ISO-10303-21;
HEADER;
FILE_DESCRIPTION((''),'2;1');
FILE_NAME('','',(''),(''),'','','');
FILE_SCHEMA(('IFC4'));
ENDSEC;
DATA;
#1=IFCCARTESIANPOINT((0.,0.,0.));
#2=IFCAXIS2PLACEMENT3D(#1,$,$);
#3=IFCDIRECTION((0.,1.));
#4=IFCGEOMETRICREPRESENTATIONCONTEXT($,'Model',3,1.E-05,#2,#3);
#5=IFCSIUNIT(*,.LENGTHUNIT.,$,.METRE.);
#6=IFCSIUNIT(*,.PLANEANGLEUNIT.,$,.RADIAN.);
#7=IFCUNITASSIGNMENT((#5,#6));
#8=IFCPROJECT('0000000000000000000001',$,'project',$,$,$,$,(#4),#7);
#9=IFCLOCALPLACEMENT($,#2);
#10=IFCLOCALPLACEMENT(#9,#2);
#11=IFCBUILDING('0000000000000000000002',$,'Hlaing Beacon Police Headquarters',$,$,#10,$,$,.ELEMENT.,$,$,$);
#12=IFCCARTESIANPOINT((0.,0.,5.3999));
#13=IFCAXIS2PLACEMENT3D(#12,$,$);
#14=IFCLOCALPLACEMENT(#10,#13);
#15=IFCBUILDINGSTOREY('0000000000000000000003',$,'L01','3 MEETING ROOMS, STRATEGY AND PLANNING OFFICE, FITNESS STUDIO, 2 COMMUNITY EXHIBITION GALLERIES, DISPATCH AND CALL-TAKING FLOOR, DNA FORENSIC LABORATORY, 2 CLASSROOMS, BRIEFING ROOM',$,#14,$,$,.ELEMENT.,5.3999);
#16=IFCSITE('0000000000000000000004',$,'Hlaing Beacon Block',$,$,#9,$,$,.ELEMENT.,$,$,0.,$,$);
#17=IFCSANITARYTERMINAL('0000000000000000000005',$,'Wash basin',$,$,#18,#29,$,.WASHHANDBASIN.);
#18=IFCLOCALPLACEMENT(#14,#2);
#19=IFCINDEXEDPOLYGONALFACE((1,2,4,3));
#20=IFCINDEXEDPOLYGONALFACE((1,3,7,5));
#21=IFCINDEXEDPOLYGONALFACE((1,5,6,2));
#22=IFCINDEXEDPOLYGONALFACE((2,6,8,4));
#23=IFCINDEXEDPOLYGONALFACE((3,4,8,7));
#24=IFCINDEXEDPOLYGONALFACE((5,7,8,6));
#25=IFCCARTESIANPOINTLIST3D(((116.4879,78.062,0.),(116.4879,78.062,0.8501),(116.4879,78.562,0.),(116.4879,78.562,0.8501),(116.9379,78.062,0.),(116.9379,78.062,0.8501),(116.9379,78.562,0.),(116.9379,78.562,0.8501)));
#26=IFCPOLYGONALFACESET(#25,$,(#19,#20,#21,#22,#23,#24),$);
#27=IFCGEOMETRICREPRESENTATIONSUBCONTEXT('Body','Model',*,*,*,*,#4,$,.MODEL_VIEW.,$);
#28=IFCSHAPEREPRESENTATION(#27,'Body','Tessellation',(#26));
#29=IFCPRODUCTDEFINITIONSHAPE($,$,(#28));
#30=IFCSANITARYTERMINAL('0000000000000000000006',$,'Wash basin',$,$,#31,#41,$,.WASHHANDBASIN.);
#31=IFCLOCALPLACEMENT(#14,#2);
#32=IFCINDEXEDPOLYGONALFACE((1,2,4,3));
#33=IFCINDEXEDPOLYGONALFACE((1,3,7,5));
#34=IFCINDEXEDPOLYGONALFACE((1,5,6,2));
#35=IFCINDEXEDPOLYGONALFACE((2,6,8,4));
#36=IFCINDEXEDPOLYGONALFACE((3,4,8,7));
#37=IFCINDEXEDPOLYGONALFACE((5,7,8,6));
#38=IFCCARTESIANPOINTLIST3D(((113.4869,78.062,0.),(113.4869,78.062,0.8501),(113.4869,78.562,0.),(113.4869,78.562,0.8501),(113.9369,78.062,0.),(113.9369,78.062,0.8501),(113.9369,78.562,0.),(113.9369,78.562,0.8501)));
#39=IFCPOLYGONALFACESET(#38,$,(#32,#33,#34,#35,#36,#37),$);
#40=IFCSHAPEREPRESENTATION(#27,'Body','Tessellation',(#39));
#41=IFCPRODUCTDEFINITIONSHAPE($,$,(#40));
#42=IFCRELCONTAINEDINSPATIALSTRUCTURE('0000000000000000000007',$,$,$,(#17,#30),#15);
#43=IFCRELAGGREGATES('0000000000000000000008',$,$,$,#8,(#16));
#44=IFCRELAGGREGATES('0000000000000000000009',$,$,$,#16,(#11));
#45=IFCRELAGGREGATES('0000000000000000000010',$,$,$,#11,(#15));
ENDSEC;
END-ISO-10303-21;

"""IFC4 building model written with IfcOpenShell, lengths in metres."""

from ifc_helpers import new_model, si_unit, direction, frame, origin, origin_2d, place, context, subcontext, project, spatial, rectangle, extrude, element, save


model = new_model("IFC4")

# Units and contexts
model_context = context("Model", 3, precision=1e-05, world=origin(), true_north=direction((0.0, 1.0)))
body_context = subcontext(model_context, "Body", "Model", "MODEL_VIEW")
ifc_project = project(units=[si_unit("LENGTHUNIT", "METRE"), si_unit("PLANEANGLEUNIT", "RADIAN")], contexts=[model_context])

# Site, building, storey
site_placement = place(None, origin())
site = spatial("IfcSite", under=ifc_project, at=site_placement, Name="Hlaing Beacon Block", CompositionType="ELEMENT", RefElevation=0.0)
building_placement = place(site_placement, origin())
building = spatial("IfcBuilding", under=site, at=building_placement, Name="Hlaing Beacon Police Headquarters", CompositionType="ELEMENT")
storey_placement = place(building_placement, frame((0.0, 0.0, 5.3999)))
storey = spatial("IfcBuildingStorey", under=building, at=storey_placement, Name="L01", Description="3 MEETING ROOMS, STRATEGY AND PLANNING OFFICE, FITNESS STUDIO, 2 COMMUNITY EXHIBITION GALLERIES, DISPATCH AND CALL-TAKING FLOOR, DNA FORENSIC LABORATORY, 2 CLASSROOMS, BRIEFING ROOM", CompositionType="ELEMENT", Elevation=5.3999)

# Sanitary terminals
for number, where, z_axis, x_axis, name in (
    (1, (116.7129, 78.312, 0.0), (0.0, 0.0, 1.0), (1.0, 0.0, 0.0), "Wash basin"),
    (2, (113.7119, 78.312, 0.0), (0.0, 0.0, 1.0), (1.0, 0.0, 0.0), "Wash basin"),
):
    element("IfcSanitaryTerminal", number, at=place(storey_placement, frame(where, z_axis=z_axis, x_axis=x_axis)), inside=storey, Name=name, PredefinedType="WASHHANDBASIN", context=body_context, shape_type="SweptSolid", body=[
        extrude(rectangle(XDim=0.45, YDim=0.5, at=origin_2d()), origin(), (0.0, 0.0, 1.0), 0.8501),
    ])

save(model, "model.ifc")
